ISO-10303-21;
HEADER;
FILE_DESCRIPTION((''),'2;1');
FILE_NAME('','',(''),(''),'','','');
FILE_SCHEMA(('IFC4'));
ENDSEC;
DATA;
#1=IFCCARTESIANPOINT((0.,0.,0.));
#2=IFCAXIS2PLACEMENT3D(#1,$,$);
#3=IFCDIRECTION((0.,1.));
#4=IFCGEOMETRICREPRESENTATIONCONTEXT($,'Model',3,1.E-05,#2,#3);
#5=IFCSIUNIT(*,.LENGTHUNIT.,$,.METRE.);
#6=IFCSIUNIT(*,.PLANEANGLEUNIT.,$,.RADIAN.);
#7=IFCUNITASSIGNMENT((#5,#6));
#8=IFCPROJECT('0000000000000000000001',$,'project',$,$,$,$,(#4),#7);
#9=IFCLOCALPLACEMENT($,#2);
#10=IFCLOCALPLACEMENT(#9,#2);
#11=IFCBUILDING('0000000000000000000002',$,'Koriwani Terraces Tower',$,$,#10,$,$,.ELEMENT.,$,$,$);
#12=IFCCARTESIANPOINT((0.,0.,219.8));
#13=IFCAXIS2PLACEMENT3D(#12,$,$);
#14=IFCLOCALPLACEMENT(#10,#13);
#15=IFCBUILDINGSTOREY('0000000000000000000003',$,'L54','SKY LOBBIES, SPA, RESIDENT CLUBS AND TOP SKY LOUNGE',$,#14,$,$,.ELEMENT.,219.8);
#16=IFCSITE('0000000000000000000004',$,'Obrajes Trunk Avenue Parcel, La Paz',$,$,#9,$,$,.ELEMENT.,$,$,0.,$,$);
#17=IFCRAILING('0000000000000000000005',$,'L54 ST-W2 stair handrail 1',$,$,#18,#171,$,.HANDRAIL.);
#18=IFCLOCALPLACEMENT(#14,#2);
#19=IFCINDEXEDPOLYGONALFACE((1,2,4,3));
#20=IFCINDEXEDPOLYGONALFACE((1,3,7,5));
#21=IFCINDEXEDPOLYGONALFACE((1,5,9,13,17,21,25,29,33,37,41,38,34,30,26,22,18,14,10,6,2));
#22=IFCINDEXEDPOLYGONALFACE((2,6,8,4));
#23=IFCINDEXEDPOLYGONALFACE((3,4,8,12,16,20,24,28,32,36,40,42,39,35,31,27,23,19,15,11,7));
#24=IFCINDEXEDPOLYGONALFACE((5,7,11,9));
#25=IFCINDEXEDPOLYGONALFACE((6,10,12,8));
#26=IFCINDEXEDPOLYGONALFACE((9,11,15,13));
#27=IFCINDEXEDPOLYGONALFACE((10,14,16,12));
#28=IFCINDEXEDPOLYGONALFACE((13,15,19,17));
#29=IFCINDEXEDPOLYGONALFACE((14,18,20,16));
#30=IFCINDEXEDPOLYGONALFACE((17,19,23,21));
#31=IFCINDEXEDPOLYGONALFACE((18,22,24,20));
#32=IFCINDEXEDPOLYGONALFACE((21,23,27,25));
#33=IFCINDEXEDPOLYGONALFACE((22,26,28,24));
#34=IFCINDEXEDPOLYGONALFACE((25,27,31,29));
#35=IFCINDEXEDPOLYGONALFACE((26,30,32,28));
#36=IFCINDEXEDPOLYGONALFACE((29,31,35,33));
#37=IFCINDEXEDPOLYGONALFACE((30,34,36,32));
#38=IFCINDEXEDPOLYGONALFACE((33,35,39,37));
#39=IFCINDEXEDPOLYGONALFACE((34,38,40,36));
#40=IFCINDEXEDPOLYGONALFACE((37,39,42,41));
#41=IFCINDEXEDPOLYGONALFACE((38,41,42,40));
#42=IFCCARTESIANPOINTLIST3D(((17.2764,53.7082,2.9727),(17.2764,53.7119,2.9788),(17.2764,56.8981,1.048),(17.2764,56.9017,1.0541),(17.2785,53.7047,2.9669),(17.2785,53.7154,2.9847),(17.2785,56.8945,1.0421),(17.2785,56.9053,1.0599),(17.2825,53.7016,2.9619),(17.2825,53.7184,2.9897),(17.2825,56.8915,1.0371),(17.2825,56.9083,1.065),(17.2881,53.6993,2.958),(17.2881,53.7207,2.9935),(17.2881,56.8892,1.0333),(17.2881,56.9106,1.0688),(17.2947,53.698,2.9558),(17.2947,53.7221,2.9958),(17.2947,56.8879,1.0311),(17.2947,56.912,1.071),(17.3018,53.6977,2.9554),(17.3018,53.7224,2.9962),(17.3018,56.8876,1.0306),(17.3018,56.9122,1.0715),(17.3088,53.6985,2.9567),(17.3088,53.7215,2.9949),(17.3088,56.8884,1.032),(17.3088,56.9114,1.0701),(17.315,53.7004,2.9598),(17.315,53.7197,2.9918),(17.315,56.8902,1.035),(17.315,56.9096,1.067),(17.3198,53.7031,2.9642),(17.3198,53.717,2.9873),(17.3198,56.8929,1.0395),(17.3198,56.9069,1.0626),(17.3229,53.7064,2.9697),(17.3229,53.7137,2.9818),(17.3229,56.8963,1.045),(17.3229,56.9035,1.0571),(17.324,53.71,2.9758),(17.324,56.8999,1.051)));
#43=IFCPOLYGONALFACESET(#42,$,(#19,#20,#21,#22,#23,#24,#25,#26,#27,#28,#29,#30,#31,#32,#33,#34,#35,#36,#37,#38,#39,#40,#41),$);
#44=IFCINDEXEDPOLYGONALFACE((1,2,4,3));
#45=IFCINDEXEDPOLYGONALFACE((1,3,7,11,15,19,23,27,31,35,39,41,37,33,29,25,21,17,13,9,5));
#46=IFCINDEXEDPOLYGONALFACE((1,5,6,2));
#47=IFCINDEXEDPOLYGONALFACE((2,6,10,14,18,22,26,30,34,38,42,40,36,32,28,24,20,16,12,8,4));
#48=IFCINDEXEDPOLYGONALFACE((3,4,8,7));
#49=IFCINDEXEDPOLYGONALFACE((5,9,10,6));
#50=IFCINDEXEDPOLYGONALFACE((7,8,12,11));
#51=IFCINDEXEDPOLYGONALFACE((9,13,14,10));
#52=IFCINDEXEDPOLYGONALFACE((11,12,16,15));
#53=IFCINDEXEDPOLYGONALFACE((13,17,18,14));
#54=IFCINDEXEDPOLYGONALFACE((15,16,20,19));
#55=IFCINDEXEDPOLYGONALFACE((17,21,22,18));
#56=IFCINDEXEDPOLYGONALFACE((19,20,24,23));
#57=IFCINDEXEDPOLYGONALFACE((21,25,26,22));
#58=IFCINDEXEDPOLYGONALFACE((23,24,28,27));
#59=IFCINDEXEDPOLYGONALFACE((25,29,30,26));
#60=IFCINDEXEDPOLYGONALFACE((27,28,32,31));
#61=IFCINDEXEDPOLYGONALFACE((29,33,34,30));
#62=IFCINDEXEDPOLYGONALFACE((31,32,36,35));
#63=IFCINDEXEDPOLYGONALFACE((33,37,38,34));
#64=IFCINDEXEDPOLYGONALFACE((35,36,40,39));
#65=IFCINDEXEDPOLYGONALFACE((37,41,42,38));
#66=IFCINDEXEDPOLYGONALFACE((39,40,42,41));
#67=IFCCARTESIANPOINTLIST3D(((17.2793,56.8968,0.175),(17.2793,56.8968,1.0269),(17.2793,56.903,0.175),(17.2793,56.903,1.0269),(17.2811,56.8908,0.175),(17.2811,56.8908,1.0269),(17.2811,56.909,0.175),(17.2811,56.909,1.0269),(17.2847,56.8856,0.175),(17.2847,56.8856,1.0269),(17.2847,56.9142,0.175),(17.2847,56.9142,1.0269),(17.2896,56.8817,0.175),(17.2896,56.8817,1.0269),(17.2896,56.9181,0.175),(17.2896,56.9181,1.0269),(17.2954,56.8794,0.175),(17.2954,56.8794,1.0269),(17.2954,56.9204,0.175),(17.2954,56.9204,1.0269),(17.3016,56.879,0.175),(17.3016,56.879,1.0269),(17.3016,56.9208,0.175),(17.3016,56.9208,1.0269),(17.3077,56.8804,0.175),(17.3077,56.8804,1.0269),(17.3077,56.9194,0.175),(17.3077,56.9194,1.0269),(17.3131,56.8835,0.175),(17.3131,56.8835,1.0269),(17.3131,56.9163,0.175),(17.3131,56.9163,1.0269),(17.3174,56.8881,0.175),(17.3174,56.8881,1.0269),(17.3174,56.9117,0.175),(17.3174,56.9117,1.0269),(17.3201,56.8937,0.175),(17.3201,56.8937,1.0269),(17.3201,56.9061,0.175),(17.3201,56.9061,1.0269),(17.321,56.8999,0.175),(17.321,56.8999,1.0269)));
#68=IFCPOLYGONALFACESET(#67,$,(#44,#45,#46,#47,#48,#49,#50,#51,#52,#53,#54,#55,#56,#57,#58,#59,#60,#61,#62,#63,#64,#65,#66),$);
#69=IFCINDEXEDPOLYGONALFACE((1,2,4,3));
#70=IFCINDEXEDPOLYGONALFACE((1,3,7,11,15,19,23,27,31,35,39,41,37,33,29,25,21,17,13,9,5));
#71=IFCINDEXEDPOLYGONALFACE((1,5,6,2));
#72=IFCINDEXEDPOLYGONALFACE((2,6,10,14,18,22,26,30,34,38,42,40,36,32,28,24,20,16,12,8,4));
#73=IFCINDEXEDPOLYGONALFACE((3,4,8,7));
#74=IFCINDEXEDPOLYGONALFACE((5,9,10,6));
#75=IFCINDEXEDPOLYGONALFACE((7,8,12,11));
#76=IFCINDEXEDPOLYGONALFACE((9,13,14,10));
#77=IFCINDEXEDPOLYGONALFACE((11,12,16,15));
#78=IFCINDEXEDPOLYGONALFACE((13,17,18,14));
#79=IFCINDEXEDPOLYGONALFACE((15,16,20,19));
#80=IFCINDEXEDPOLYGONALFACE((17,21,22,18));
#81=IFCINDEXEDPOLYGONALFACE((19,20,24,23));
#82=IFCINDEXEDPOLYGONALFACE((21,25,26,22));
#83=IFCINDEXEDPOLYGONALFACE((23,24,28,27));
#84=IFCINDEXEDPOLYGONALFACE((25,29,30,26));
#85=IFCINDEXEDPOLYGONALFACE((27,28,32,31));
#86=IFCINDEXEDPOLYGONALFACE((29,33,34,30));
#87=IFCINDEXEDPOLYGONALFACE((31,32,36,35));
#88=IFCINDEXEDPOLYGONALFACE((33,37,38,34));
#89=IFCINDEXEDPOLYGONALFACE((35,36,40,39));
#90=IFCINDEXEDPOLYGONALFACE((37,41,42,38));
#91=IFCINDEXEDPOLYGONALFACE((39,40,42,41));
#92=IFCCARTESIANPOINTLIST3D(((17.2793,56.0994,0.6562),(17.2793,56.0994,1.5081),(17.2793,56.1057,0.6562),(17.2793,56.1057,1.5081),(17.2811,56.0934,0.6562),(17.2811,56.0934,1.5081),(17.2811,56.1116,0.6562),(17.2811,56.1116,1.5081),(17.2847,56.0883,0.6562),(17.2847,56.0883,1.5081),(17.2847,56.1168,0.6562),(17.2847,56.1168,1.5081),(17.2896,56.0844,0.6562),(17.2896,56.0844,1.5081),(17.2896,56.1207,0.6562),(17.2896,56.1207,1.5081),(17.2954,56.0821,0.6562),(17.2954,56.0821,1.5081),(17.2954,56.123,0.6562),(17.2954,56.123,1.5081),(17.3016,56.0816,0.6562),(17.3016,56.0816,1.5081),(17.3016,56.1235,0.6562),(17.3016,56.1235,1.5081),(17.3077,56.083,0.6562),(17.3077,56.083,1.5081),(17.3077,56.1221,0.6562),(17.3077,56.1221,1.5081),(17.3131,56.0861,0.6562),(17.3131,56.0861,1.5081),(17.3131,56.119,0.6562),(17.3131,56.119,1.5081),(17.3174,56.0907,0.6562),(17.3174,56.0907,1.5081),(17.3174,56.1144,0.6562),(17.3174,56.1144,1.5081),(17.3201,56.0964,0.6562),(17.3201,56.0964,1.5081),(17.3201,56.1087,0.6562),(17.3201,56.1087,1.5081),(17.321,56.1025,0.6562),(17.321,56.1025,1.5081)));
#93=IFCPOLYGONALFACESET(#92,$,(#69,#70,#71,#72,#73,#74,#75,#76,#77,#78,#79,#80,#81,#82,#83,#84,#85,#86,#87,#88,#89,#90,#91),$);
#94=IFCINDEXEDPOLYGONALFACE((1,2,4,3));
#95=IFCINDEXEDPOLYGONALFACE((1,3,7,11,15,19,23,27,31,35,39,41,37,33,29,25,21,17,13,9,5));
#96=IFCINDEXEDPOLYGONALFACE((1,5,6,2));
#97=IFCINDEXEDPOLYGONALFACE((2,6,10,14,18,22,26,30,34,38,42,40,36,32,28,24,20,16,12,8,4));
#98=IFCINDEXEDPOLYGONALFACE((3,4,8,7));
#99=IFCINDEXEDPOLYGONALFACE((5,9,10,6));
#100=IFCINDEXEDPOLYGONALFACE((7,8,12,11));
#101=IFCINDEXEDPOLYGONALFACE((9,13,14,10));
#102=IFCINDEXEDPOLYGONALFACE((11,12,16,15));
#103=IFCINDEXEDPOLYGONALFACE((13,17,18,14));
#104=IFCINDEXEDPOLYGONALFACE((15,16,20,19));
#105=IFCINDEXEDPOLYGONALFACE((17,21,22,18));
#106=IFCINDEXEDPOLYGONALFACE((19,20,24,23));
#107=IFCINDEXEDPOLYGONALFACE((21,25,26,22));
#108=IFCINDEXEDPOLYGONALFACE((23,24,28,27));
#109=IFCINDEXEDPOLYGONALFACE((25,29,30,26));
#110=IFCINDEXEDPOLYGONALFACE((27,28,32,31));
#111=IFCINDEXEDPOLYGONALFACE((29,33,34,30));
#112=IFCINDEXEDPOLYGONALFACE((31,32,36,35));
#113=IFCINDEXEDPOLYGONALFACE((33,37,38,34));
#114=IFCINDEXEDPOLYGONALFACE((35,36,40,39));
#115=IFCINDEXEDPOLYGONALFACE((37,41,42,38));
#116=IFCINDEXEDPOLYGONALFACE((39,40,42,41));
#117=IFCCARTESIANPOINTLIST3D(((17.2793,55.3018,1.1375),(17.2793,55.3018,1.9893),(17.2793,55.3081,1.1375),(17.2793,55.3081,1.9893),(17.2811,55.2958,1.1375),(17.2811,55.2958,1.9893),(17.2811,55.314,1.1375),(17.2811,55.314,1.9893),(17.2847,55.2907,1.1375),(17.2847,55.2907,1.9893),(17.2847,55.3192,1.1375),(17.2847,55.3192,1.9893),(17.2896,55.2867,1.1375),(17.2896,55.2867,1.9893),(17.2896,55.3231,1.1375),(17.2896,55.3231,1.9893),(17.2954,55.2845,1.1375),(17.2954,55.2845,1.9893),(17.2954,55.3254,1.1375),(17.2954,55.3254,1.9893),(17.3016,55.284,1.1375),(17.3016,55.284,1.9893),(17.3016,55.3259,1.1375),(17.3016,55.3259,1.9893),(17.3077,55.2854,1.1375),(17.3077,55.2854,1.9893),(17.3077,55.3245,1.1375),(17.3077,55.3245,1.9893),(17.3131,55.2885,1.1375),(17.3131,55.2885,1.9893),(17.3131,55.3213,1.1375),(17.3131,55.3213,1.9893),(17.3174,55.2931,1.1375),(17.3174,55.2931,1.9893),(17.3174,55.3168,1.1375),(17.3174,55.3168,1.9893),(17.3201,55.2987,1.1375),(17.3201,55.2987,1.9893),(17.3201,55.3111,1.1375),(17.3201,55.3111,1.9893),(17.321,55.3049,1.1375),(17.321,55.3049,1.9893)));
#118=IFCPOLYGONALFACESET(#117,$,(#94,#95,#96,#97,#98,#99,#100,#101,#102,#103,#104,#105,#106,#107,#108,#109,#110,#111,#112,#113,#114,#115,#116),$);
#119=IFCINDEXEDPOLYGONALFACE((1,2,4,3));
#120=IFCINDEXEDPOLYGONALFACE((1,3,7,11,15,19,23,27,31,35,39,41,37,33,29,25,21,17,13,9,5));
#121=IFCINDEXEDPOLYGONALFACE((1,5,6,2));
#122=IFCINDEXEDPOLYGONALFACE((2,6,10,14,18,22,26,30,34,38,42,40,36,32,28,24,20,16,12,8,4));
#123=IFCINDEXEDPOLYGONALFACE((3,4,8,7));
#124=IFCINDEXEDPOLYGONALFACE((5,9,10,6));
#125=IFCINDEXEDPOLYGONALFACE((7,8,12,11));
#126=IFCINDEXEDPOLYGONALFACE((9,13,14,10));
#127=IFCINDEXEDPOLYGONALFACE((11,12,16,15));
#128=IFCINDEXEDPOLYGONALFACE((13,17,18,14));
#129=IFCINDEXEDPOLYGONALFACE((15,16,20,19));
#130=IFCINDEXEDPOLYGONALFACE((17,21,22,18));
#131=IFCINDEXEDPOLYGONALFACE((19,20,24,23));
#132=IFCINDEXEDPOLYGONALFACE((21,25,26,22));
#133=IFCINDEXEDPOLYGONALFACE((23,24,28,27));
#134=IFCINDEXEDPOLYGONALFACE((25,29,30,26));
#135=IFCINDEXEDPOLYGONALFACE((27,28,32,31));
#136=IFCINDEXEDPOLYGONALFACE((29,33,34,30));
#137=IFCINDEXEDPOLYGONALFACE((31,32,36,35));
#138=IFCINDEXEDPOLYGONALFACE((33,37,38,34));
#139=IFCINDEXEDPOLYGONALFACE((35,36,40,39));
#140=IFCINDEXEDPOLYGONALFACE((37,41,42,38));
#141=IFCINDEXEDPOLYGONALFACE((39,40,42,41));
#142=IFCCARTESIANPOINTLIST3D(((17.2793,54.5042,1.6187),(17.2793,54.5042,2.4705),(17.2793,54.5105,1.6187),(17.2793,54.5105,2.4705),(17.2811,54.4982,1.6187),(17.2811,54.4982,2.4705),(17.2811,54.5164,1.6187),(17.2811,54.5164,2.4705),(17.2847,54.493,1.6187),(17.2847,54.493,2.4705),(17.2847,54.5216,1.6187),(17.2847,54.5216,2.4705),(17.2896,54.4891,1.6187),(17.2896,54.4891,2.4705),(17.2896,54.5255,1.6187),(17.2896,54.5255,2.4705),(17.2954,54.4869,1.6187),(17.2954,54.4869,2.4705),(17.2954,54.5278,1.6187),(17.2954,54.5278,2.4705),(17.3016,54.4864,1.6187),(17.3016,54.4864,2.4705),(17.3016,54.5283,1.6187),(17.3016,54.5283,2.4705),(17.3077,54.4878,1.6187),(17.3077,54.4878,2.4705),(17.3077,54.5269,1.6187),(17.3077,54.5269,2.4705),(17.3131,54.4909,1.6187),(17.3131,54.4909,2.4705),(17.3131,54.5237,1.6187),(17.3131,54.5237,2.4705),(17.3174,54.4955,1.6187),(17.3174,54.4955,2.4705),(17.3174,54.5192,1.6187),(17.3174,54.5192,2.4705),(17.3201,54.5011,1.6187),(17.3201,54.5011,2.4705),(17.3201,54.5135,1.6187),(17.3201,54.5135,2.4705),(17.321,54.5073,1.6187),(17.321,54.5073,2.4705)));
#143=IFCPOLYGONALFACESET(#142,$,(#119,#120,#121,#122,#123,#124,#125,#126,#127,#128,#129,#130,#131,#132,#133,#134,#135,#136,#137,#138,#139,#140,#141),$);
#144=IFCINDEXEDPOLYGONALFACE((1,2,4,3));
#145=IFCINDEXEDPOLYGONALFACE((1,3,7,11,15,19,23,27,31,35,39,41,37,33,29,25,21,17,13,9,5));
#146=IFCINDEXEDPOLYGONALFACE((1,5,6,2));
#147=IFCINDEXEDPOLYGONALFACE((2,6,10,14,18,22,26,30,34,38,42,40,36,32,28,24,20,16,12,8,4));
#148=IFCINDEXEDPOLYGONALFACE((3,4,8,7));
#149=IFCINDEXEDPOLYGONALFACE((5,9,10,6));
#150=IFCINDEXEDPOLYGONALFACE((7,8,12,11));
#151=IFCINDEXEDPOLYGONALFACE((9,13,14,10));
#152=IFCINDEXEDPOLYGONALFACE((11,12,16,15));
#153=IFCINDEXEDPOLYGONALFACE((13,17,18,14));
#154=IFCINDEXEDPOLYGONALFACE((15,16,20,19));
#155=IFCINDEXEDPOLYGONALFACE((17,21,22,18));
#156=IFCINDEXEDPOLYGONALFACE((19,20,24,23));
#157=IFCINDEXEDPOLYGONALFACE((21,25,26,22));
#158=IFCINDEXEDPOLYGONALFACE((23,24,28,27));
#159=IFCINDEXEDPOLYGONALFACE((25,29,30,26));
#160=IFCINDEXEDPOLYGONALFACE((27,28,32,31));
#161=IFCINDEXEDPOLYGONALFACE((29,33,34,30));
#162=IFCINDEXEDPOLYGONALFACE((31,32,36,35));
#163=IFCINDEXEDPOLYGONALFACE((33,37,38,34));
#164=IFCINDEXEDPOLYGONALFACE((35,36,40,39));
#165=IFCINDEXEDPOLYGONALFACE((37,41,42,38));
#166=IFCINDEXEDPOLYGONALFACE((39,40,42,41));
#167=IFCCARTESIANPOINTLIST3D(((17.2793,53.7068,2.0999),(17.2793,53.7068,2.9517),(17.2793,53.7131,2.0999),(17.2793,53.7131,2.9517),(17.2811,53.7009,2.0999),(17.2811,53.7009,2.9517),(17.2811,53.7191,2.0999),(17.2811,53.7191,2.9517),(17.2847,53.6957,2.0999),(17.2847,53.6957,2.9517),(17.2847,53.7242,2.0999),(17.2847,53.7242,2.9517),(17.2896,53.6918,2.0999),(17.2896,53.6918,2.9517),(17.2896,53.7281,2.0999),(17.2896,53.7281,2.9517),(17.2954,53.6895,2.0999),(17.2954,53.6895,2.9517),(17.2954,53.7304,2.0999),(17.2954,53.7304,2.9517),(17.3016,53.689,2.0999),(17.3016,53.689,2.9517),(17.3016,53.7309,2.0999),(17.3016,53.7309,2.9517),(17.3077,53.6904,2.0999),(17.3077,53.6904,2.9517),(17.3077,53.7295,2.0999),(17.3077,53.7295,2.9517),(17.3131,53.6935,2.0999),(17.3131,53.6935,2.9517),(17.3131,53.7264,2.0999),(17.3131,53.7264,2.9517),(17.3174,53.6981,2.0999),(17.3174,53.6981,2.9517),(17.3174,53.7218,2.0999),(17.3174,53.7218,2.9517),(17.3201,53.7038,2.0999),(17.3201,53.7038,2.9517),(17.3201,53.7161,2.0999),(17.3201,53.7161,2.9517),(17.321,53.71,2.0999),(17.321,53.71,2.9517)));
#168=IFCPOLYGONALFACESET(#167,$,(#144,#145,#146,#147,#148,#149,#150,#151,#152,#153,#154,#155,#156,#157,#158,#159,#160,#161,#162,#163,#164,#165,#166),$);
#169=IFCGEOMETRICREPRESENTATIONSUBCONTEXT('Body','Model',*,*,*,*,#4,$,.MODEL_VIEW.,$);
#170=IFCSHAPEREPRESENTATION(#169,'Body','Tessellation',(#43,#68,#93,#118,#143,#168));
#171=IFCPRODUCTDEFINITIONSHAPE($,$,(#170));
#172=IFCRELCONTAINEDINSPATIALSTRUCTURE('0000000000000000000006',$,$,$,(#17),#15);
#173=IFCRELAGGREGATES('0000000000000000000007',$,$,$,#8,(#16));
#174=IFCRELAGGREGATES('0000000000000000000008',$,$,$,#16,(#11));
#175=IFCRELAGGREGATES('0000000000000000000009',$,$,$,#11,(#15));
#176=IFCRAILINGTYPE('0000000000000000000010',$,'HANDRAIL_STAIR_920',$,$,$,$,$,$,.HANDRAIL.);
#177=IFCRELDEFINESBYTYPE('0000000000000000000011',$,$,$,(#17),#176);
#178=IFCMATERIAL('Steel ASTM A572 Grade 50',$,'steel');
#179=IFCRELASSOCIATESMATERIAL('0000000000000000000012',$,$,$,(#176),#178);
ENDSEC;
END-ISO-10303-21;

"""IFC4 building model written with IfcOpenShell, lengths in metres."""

from ifc_helpers import new_model, si_unit, direction, frame, origin, origin_2d, place, context, subcontext, project, spatial, circle, extrude, material, type_object, element, save


model = new_model("IFC4")

# Units and contexts
model_context = context("Model", 3, precision=1e-05, world=origin(), true_north=direction((0.0, 1.0)))
body_context = subcontext(model_context, "Body", "Model", "MODEL_VIEW")
ifc_project = project(units=[si_unit("LENGTHUNIT", "METRE"), si_unit("PLANEANGLEUNIT", "RADIAN")], contexts=[model_context])

# Site, building, storey
site_placement = place(None, origin())
site = spatial("IfcSite", under=ifc_project, at=site_placement, Name="Obrajes Trunk Avenue Parcel, La Paz", CompositionType="ELEMENT", RefElevation=0.0)
building_placement = place(site_placement, origin())
building = spatial("IfcBuilding", under=site, at=building_placement, Name="Koriwani Terraces Tower", CompositionType="ELEMENT")
storey_placement = place(building_placement, frame((0.0, 0.0, 219.8)))
storey = spatial("IfcBuildingStorey", under=building, at=storey_placement, Name="L54", Description="SKY LOBBIES, SPA, RESIDENT CLUBS AND TOP SKY LOUNGE", CompositionType="ELEMENT", Elevation=219.8)

# Shared definitions
ifc_material_1 = material(Name="Steel ASTM A572 Grade 50", Category="steel")

# Railing
railing_type_1 = type_object("IfcRailingType", Name="HANDRAIL_STAIR_920", PredefinedType="HANDRAIL", material=ifc_material_1)
railing_1_placement = place(storey_placement, frame((17.3, 56.8999, 0.175)))
element("IfcRailing", 1, at=railing_1_placement, inside=storey, type_object=railing_type_1, Name="L54 ST-W2 stair handrail 1", PredefinedType="HANDRAIL", context=body_context, shape_type="SweptSolid", body=[
    extrude(circle(Radius=0.0239, at=origin_2d()), frame((0.0, 0.0, 0.876), z_axis=(0.0, -0.856207, 0.516633), x_axis=(1.0, 0.0, 0.0)), (0.0, 0.0, 1.0), 3.7256),
    extrude(circle(Radius=0.021, at=origin_2d()), origin(), (0.0, 0.0, 1.0), 0.8518),
    extrude(circle(Radius=0.021, at=origin_2d()), frame((0.0, -0.7974, 0.4812)), (0.0, 0.0, 1.0), 0.8518),
    extrude(circle(Radius=0.021, at=origin_2d()), frame((0.0, -1.595, 0.9624)), (0.0, 0.0, 1.0), 0.8518),
    extrude(circle(Radius=0.021, at=origin_2d()), frame((0.0, -2.3926, 1.4436)), (0.0, 0.0, 1.0), 0.8518),
    extrude(circle(Radius=0.021, at=origin_2d()), frame((0.0, -3.1899, 1.9248)), (0.0, 0.0, 1.0), 0.8518),
])

save(model, "model.ifc")
